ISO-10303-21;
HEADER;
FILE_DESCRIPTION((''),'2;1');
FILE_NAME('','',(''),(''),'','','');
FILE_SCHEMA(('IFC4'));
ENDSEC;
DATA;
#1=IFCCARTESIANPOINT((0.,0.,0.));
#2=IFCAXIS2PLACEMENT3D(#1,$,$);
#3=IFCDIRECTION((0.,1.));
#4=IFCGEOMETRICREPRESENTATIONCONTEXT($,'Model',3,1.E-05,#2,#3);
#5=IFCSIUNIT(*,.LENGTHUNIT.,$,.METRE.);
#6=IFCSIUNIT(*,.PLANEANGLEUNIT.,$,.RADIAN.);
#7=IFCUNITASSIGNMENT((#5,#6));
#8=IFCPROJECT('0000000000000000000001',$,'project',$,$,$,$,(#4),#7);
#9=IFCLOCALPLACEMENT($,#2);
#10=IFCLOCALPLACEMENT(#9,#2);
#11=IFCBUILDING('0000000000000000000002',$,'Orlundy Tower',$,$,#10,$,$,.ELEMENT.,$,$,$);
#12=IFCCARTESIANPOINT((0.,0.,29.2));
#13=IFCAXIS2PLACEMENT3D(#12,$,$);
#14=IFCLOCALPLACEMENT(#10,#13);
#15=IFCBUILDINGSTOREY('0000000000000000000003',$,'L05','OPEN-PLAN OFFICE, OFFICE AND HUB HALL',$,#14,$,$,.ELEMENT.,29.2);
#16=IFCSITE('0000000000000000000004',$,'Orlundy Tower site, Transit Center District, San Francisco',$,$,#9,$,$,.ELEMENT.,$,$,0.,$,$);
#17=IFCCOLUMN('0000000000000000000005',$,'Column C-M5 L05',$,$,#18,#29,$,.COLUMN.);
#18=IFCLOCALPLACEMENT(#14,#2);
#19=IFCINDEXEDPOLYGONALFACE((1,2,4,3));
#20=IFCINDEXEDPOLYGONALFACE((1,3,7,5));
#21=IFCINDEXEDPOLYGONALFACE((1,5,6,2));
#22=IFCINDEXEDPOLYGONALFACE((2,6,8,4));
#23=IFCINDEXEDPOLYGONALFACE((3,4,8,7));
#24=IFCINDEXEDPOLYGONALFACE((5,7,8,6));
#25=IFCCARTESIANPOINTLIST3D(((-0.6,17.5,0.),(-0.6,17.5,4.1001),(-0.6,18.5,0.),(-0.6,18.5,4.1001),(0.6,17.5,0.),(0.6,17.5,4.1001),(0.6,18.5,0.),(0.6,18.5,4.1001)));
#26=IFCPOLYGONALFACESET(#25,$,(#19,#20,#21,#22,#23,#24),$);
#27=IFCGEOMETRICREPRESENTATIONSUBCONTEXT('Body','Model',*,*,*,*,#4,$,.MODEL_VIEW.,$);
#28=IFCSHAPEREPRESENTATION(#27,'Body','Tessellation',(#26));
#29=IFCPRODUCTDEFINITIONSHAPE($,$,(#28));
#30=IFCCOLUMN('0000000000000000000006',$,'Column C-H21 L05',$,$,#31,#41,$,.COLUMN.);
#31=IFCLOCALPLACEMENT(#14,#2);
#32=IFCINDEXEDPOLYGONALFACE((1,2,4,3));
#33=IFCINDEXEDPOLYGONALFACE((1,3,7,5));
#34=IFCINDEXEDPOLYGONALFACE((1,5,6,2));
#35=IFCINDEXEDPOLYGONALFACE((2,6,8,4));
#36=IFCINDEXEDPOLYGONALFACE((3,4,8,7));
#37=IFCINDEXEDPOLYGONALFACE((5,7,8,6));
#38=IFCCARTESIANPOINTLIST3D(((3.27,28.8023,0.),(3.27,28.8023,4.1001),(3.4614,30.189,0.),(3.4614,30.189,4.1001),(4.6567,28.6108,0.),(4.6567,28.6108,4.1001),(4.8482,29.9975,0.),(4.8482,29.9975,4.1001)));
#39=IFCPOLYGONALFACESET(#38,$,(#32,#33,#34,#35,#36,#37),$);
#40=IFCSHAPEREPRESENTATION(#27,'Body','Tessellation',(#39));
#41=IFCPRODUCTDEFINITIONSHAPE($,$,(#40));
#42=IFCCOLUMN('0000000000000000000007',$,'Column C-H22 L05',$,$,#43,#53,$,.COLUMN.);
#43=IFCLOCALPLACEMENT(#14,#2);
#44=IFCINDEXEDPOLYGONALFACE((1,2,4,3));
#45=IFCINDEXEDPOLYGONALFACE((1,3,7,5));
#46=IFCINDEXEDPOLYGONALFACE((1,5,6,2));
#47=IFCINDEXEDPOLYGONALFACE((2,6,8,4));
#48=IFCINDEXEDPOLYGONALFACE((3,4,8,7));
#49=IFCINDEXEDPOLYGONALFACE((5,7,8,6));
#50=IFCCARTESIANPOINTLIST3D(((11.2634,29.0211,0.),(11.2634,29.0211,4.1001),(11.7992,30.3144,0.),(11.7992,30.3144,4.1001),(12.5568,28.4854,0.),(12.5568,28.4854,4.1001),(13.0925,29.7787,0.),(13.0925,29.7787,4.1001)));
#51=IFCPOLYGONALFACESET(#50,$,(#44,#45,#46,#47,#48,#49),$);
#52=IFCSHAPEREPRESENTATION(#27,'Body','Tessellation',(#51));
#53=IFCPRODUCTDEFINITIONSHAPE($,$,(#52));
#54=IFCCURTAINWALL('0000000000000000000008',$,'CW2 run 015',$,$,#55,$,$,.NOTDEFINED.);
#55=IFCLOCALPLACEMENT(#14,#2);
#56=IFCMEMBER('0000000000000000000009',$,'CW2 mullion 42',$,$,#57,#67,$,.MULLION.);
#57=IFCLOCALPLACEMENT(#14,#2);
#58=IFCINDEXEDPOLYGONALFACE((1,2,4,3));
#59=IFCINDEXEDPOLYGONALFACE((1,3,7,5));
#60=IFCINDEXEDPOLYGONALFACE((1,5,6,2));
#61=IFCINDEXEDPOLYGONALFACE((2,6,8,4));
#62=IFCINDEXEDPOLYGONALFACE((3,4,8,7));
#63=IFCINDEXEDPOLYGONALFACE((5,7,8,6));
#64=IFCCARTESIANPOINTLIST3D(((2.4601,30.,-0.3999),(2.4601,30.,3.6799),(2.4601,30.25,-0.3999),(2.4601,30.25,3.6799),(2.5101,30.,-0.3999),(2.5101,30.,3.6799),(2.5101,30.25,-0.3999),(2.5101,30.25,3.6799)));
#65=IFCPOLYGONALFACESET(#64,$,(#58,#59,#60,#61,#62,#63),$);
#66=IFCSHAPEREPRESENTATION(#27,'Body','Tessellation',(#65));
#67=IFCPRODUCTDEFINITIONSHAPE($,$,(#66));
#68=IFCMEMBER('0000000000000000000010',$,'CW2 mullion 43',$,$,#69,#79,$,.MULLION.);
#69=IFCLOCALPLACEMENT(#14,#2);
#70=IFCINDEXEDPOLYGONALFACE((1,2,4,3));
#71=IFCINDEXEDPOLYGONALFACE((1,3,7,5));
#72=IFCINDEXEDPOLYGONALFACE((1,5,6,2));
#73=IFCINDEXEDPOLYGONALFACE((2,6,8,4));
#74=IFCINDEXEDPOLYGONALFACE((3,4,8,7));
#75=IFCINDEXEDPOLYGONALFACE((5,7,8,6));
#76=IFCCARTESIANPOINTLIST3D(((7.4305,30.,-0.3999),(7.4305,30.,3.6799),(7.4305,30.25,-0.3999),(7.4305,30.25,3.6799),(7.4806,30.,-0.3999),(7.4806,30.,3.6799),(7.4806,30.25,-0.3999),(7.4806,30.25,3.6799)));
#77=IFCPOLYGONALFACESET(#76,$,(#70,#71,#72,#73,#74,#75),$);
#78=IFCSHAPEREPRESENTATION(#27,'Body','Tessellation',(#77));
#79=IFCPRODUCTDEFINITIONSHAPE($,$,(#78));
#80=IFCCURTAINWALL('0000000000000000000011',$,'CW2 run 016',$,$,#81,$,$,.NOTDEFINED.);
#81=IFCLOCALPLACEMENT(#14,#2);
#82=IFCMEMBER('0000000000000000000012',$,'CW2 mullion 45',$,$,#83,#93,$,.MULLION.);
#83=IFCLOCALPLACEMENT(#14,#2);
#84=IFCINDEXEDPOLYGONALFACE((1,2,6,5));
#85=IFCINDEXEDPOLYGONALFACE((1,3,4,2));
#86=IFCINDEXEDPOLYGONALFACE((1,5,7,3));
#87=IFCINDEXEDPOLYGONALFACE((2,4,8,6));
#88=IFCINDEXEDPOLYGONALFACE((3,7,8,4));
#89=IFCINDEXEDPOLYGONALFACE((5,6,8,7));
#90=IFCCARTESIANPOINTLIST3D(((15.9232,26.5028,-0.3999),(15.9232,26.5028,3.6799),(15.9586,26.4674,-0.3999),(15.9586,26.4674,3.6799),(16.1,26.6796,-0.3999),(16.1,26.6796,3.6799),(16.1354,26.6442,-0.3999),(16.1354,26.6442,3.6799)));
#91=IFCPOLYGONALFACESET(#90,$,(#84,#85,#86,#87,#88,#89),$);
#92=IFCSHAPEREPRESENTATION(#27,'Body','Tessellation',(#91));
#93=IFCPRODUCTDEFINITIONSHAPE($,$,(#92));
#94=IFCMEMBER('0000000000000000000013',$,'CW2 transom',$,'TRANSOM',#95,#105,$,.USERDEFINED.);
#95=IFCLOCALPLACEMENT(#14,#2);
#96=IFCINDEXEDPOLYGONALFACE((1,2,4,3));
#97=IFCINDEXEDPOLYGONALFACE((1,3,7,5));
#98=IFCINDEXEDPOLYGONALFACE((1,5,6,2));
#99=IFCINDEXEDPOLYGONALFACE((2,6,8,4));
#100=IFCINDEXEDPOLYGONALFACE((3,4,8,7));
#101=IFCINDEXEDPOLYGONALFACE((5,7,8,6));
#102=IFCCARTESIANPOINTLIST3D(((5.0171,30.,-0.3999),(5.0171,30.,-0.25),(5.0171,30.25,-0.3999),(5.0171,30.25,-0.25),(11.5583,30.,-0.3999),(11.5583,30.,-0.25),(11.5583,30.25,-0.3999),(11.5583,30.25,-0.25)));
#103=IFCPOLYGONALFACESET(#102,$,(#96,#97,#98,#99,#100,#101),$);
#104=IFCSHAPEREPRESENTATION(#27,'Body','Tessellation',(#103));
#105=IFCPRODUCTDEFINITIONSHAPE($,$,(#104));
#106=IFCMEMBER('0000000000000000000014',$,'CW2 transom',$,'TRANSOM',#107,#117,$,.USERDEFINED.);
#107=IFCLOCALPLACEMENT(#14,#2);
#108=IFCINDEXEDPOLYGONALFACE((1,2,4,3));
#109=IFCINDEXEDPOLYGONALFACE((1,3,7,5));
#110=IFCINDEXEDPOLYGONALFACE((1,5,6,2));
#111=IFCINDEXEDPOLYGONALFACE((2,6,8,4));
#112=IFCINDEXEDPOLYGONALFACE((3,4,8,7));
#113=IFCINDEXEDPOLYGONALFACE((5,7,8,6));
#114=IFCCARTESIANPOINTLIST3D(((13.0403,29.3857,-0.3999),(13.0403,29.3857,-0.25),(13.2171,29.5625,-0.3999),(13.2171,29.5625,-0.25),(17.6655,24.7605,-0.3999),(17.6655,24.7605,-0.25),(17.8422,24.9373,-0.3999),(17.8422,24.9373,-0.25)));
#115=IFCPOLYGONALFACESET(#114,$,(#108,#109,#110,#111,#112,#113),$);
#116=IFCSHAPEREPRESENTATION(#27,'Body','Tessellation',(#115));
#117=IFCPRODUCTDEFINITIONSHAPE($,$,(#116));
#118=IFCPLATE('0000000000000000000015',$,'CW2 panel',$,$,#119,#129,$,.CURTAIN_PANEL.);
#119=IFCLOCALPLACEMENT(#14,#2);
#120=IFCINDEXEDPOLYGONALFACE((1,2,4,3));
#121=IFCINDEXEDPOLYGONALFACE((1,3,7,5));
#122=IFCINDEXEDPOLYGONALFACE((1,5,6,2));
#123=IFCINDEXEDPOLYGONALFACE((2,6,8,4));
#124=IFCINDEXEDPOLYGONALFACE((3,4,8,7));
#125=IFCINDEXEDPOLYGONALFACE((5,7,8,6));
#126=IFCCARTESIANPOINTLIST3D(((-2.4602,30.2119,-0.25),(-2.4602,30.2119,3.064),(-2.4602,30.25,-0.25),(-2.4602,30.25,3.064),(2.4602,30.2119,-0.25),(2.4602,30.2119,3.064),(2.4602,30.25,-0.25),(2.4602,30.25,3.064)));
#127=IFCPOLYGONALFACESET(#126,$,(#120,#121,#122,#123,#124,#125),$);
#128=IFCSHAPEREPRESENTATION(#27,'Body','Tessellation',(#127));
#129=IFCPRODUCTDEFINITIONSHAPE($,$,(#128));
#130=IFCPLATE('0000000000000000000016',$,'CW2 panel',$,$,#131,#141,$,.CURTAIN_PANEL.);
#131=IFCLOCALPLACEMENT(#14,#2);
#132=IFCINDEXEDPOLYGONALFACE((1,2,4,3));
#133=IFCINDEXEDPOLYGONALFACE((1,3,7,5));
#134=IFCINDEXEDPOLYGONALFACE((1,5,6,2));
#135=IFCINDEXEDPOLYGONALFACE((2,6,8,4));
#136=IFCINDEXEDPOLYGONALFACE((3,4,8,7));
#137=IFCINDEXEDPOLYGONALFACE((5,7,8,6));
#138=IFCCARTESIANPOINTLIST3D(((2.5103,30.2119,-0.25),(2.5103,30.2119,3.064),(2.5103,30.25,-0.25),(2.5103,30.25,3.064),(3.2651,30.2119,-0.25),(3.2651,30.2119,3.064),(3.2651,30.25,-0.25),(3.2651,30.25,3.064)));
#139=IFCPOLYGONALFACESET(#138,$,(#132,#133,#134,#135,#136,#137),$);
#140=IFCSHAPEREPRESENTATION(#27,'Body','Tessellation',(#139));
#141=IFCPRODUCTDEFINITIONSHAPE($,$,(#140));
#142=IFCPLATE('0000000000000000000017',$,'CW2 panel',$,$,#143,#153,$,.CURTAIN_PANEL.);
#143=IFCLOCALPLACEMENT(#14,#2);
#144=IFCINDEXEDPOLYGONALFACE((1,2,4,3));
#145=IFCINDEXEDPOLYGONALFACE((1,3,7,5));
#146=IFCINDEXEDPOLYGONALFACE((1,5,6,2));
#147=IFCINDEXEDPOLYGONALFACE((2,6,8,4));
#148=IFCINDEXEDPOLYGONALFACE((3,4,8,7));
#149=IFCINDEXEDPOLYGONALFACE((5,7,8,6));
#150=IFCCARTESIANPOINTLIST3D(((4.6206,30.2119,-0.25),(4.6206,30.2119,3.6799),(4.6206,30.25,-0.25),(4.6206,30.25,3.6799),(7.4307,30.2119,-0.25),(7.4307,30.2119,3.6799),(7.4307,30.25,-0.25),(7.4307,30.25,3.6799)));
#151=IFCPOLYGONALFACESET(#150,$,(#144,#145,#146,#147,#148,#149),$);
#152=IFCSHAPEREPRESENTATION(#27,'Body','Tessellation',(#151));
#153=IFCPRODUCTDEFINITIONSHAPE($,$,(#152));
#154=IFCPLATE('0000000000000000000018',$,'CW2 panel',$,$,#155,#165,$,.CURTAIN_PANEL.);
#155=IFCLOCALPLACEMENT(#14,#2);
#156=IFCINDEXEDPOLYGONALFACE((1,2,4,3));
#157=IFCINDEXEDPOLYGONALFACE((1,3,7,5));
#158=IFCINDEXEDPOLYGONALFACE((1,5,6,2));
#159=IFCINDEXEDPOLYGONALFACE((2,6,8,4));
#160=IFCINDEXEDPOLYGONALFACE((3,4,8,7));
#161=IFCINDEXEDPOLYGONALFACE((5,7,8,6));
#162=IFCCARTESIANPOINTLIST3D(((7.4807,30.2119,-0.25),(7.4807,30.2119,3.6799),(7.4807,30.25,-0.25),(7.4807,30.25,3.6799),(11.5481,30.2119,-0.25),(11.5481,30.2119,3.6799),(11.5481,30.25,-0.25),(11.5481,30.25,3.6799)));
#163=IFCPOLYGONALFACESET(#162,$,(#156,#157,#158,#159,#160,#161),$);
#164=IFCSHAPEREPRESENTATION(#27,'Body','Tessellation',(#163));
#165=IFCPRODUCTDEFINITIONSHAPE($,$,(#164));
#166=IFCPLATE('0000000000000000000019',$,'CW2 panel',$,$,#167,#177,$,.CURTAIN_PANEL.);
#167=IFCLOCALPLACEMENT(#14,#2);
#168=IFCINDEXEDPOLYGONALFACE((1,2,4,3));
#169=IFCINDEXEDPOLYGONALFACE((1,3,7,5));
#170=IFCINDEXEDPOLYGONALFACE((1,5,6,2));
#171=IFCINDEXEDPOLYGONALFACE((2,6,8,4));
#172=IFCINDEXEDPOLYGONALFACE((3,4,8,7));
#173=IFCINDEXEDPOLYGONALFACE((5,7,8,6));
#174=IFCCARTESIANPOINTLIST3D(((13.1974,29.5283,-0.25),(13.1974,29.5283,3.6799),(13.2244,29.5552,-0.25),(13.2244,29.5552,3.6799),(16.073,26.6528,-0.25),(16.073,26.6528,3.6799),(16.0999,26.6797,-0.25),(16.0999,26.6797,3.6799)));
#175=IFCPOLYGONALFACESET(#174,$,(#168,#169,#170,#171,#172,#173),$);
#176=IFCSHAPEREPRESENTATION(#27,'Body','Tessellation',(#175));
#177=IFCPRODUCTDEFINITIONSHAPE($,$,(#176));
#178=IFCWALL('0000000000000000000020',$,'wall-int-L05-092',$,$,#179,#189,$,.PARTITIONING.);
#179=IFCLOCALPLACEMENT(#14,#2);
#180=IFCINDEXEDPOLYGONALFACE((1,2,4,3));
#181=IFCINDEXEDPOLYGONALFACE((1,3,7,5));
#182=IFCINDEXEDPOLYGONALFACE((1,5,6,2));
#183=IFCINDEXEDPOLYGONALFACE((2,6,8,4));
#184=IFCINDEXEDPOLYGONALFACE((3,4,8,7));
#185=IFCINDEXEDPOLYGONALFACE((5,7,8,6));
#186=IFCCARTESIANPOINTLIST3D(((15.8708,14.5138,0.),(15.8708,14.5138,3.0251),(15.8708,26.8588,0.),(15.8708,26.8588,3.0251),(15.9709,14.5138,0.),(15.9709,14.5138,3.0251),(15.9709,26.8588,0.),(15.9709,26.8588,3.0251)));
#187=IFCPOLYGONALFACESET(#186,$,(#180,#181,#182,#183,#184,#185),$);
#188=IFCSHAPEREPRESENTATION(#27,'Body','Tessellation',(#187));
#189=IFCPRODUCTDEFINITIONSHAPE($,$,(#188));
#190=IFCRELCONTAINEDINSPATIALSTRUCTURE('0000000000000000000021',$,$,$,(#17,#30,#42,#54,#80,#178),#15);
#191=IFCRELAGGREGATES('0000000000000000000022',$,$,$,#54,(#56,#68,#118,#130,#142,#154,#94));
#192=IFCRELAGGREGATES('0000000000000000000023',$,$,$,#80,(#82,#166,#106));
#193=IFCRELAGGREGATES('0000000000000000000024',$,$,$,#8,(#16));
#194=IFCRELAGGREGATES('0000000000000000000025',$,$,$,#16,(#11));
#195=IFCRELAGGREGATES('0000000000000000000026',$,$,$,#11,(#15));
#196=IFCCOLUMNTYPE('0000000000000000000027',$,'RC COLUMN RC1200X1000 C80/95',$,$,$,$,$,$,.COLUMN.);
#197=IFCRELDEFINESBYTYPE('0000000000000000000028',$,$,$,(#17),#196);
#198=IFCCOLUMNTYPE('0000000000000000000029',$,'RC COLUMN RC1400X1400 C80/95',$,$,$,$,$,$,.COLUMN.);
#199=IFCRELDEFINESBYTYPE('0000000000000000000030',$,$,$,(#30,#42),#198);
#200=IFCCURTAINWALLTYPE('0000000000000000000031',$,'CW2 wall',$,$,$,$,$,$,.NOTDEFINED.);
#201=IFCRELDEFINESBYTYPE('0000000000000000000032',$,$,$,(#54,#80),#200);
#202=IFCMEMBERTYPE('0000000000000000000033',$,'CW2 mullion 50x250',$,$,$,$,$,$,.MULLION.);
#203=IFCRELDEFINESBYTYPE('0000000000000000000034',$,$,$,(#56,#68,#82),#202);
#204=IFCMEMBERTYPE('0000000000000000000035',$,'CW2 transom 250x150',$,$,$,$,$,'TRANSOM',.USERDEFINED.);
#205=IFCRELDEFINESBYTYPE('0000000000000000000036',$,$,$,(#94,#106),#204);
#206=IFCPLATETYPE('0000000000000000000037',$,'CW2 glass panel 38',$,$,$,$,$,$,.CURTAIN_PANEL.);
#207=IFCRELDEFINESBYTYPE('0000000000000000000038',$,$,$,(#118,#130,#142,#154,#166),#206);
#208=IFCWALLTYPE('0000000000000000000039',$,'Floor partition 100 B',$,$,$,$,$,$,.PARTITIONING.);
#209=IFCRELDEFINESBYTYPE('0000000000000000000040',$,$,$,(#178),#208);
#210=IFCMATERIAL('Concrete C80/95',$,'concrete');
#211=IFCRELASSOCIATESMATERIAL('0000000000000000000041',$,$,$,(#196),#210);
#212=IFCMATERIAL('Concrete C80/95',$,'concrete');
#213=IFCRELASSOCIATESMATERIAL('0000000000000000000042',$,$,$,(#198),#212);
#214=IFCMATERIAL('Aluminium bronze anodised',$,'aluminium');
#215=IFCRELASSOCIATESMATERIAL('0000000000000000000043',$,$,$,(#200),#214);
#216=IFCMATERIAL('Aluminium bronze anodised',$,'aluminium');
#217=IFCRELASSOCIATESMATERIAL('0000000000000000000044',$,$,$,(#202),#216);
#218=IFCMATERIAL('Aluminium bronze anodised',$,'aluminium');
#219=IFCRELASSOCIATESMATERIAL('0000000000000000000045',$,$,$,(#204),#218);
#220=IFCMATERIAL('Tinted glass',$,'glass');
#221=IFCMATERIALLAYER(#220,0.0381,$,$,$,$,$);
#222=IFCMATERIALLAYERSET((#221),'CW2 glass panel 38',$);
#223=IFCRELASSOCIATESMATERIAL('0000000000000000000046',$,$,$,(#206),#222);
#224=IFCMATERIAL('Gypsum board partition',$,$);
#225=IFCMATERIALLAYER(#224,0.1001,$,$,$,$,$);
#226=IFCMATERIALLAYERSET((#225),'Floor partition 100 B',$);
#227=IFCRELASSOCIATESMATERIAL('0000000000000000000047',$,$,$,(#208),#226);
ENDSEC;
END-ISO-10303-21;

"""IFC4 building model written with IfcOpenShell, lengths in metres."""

from ifc_helpers import new_model, si_unit, direction, frame, frame_2d, origin, origin_2d, place, context, subcontext, project, spatial, rectangle, extrude, material, layer, layer_set, material_profile, profile_set, type_object, element, aggregate, save


model = new_model("IFC4")

# Units and contexts
model_context = context("Model", 3, precision=1e-05, world=origin(), true_north=direction((0.0, 1.0)))
body_context = subcontext(model_context, "Body", "Model", "MODEL_VIEW")
ifc_project = project(units=[si_unit("LENGTHUNIT", "METRE"), si_unit("PLANEANGLEUNIT", "RADIAN")], contexts=[model_context])

# Site, building, storey
site_placement = place(None, origin())
site = spatial("IfcSite", under=ifc_project, at=site_placement, Name="Orlundy Tower site, Transit Center District, San Francisco", CompositionType="ELEMENT", RefElevation=0.0)
building_placement = place(site_placement, origin())
building = spatial("IfcBuilding", under=site, at=building_placement, Name="Orlundy Tower", CompositionType="ELEMENT")
storey_placement = place(building_placement, frame((0.0, 0.0, 29.2)))
storey = spatial("IfcBuildingStorey", under=building, at=storey_placement, Name="L05", Description="OPEN-PLAN OFFICE, OFFICE AND HUB HALL", CompositionType="ELEMENT", Elevation=29.2)

# Columns
ifc_material_1 = material(Name="Concrete C80/95", Category="concrete")
ifc_material_profile_1 = material_profile(ifc_material_1, rectangle(XDim=1.2, YDim=1.0, at=origin_2d()), Name="RC1200X1000")
ifc_profile_set_1 = profile_set([ifc_material_profile_1], Name="Concrete C80/95")
column_type_1 = type_object("IfcColumnType", Name="RC COLUMN RC1200X1000 C80/95", PredefinedType="COLUMN", material=ifc_profile_set_1)
column_placement = place(storey_placement, frame((0.0, 18.0, 0.0), z_axis=(0.0, 0.0, 1.0), x_axis=(1.0, 0.0, 0.0)))
element("IfcColumn", 1, at=column_placement, inside=storey, type_object=column_type_1, Name="Column C-M5 L05", PredefinedType="COLUMN", context=body_context, shape_type="SweptSolid", body=[
    extrude(rectangle(XDim=1.2, YDim=1.0, at=origin_2d()), origin(), (0.0, 0.0, 1.0), 4.1001),
])
ifc_material_2 = material(Name="Concrete C80/95", Category="concrete")
ifc_material_profile_2 = material_profile(ifc_material_2, rectangle(XDim=1.3999, YDim=1.3999, at=origin_2d()), Name="RC1400X1400")
ifc_profile_set_2 = profile_set([ifc_material_profile_2], Name="Concrete C80/95")
column_type_2 = type_object("IfcColumnType", Name="RC COLUMN RC1400X1400 C80/95", PredefinedType="COLUMN", material=ifc_profile_set_2)
for number, where, z_axis, x_axis, name in (
    (2, (4.0591, 29.3999, 0.0), (0.0, 0.0, 1.0), (0.13677, 0.990603, 0.0), "Column C-H21 L05"),
    (3, (12.178, 29.3999, 0.0), (0.0, 0.0, 1.0), (0.382683, 0.92388, 0.0), "Column C-H22 L05"),
):
    element("IfcColumn", number, at=place(storey_placement, frame(where, z_axis=z_axis, x_axis=x_axis)), inside=storey, type_object=column_type_2, Name=name, PredefinedType="COLUMN", context=body_context, shape_type="SweptSolid", body=[
        extrude(rectangle(XDim=1.3999, YDim=1.3999, at=origin_2d()), origin(), (0.0, 0.0, 1.0), 4.1001),
    ])

# Curtain wall, members
ifc_material_3 = material(Name="Aluminium bronze anodised", Category="aluminium")
curtain_wall_type = type_object("IfcCurtainWallType", Name="CW2 wall", PredefinedType="NOTDEFINED", material=ifc_material_3)
curtain_wall_1_placement = place(storey_placement, origin())
curtain_wall_1 = element("IfcCurtainWall", 4, at=curtain_wall_1_placement, inside=storey, type_object=curtain_wall_type, Name="CW2 run 015", PredefinedType="NOTDEFINED")
ifc_material_4 = material(Name="Aluminium bronze anodised", Category="aluminium")
ifc_material_profile_3 = material_profile(ifc_material_4, rectangle(XDim=0.25, YDim=0.05, at=origin_2d()), Name="CW2 mullion 50x250")
ifc_profile_set_3 = profile_set([ifc_material_profile_3], Name="Aluminium bronze anodised")
member_type_1 = type_object("IfcMemberType", Name="CW2 mullion 50x250", PredefinedType="MULLION", material=ifc_profile_set_3)
member_1_placement = place(storey_placement, frame((2.4851, 30.125, -0.3999), z_axis=(0.0, 0.0, 1.0), x_axis=(0.0, 1.0, 0.0)))
member_1 = element("IfcMember", 5, at=member_1_placement, type_object=member_type_1, Name="CW2 mullion 42", PredefinedType="MULLION", context=body_context, shape_type="SweptSolid", body=[
    extrude(rectangle(XDim=0.25, YDim=0.05, at=origin_2d()), origin(), (0.0, 0.0, 1.0), 4.0798),
])
member_2_placement = place(storey_placement, frame((7.4556, 30.125, -0.3999), z_axis=(0.0, 0.0, 1.0), x_axis=(0.0, 1.0, 0.0)))
member_2 = element("IfcMember", 6, at=member_2_placement, type_object=member_type_1, Name="CW2 mullion 43", PredefinedType="MULLION", context=body_context, shape_type="SweptSolid", body=[
    extrude(rectangle(XDim=0.25, YDim=0.05, at=origin_2d()), origin(), (0.0, 0.0, 1.0), 4.0798),
])

# Curtain wall, member
curtain_wall_2_placement = place(storey_placement, origin())
curtain_wall_2 = element("IfcCurtainWall", 7, at=curtain_wall_2_placement, inside=storey, type_object=curtain_wall_type, Name="CW2 run 016", PredefinedType="NOTDEFINED")
member_3_placement = place(storey_placement, frame((16.0293, 26.5735, -0.3999), z_axis=(0.0, 0.0, 1.0), x_axis=(0.707107, 0.707107, 0.0)))
member_3 = element("IfcMember", 8, at=member_3_placement, type_object=member_type_1, Name="CW2 mullion 45", PredefinedType="MULLION", context=body_context, shape_type="SweptSolid", body=[
    extrude(rectangle(XDim=0.25, YDim=0.05, at=origin_2d()), origin(), (0.0, 0.0, 1.0), 4.0798),
])

# Members
ifc_material_5 = material(Name="Aluminium bronze anodised", Category="aluminium")
ifc_material_profile_4 = material_profile(ifc_material_5, rectangle(XDim=0.25, YDim=0.1499, at=origin_2d()), Name="CW2 transom 250x150")
ifc_profile_set_4 = profile_set([ifc_material_profile_4], Name="Aluminium bronze anodised")
member_type_2 = type_object("IfcMemberType", Name="CW2 transom 250x150", ElementType="TRANSOM", PredefinedType="USERDEFINED", material=ifc_profile_set_4)
member_4_placement = place(storey_placement, frame((5.0171, 30.125, -0.325), z_axis=(1.0, 0.0, 0.0), x_axis=(0.0, 1.0, 0.0)))
member_4 = element("IfcMember", 9, at=member_4_placement, type_object=member_type_2, Name="CW2 transom", ObjectType="TRANSOM", PredefinedType="USERDEFINED", context=body_context, shape_type="SweptSolid", body=[
    extrude(rectangle(XDim=0.25, YDim=0.1499, at=origin_2d()), origin(), (0.0, 0.0, 1.0), 6.5413),
])
member_5_placement = place(storey_placement, frame((13.1287, 29.4741, -0.325), z_axis=(0.707107, -0.707107, 0.0), x_axis=(0.707107, 0.707107, 0.0)))
member_5 = element("IfcMember", 10, at=member_5_placement, type_object=member_type_2, Name="CW2 transom", ObjectType="TRANSOM", PredefinedType="USERDEFINED", context=body_context, shape_type="SweptSolid", body=[
    extrude(rectangle(XDim=0.25, YDim=0.1499, at=origin_2d()), origin(), (0.0, 0.0, 1.0), 6.541),
])

# Plates
ifc_material_6 = material(Name="Tinted glass", Category="glass")
ifc_layer_1 = layer(ifc_material_6, 0.0381)
ifc_layer_set_1 = layer_set([ifc_layer_1], Name="CW2 glass panel 38")
plate_type = type_object("IfcPlateType", Name="CW2 glass panel 38", PredefinedType="CURTAIN_PANEL", material=ifc_layer_set_1)
plate_1_placement = place(storey_placement, frame((0.0, 30.231, -0.25), z_axis=(0.0, 0.0, 1.0), x_axis=(1.0, 0.0, 0.0)))
plate_1 = element("IfcPlate", 11, at=plate_1_placement, type_object=plate_type, Name="CW2 panel", PredefinedType="CURTAIN_PANEL", context=body_context, shape_type="SweptSolid", body=[
    extrude(rectangle(XDim=4.9204, YDim=0.0381, at=origin_2d()), origin(), (0.0, 0.0, 1.0), 3.314),
])
plate_2_placement = place(storey_placement, frame((2.8877, 30.231, -0.25), z_axis=(0.0, 0.0, 1.0), x_axis=(1.0, 0.0, 0.0)))
plate_2 = element("IfcPlate", 12, at=plate_2_placement, type_object=plate_type, Name="CW2 panel", PredefinedType="CURTAIN_PANEL", context=body_context, shape_type="SweptSolid", body=[
    extrude(rectangle(XDim=0.7549, YDim=0.0381, at=origin_2d()), origin(), (0.0, 0.0, 1.0), 3.314),
])
plate_3_placement = place(storey_placement, frame((6.0256, 30.231, -0.25), z_axis=(0.0, 0.0, 1.0), x_axis=(1.0, 0.0, 0.0)))
plate_3 = element("IfcPlate", 13, at=plate_3_placement, type_object=plate_type, Name="CW2 panel", PredefinedType="CURTAIN_PANEL", context=body_context, shape_type="SweptSolid", body=[
    extrude(rectangle(XDim=2.8101, YDim=0.0381, at=origin_2d()), origin(), (0.0, 0.0, 1.0), 3.9299),
])
plate_4_placement = place(storey_placement, frame((9.5144, 30.231, -0.25), z_axis=(0.0, 0.0, 1.0), x_axis=(1.0, 0.0, 0.0)))
plate_4 = element("IfcPlate", 14, at=plate_4_placement, type_object=plate_type, Name="CW2 panel", PredefinedType="CURTAIN_PANEL", context=body_context, shape_type="SweptSolid", body=[
    extrude(rectangle(XDim=4.0674, YDim=0.0381, at=origin_2d()), origin(), (0.0, 0.0, 1.0), 3.9299),
])
aggregate(curtain_wall_1, [member_1, member_2, plate_1, plate_2, plate_3, plate_4, member_4])
plate_5_placement = place(storey_placement, frame((14.6487, 28.104, -0.25), z_axis=(0.0, 0.0, 1.0), x_axis=(0.707107, -0.707107, 0.0)))
plate_5 = element("IfcPlate", 15, at=plate_5_placement, type_object=plate_type, Name="CW2 panel", PredefinedType="CURTAIN_PANEL", context=body_context, shape_type="SweptSolid", body=[
    extrude(rectangle(XDim=4.0667, YDim=0.0381, at=origin_2d()), origin(), (0.0, 0.0, 1.0), 3.9299),
])
aggregate(curtain_wall_2, [member_3, plate_5, member_5])

# Wall
ifc_material_7 = material(Name="Gypsum board partition")
ifc_layer_2 = layer(ifc_material_7, 0.1001)
ifc_layer_set_2 = layer_set([ifc_layer_2], Name="Floor partition 100 B")
wall_type = type_object("IfcWallType", Name="Floor partition 100 B", PredefinedType="PARTITIONING", material=ifc_layer_set_2)
wall_1_placement = place(storey_placement, frame((15.9209, 14.5139, 0.0), z_axis=(0.0, 0.0, 1.0), x_axis=(0.0, 1.0, 0.0)))
element("IfcWall", 16, at=wall_1_placement, inside=storey, type_object=wall_type, Name="wall-int-L05-092", PredefinedType="PARTITIONING", context=body_context, shape_type="SweptSolid", body=[
    extrude(rectangle(XDim=12.345, YDim=0.1001, at=frame_2d((6.1724, 0.0))), origin(), (0.0, 0.0, 1.0), 3.0251),
])

save(model, "model.ifc")
